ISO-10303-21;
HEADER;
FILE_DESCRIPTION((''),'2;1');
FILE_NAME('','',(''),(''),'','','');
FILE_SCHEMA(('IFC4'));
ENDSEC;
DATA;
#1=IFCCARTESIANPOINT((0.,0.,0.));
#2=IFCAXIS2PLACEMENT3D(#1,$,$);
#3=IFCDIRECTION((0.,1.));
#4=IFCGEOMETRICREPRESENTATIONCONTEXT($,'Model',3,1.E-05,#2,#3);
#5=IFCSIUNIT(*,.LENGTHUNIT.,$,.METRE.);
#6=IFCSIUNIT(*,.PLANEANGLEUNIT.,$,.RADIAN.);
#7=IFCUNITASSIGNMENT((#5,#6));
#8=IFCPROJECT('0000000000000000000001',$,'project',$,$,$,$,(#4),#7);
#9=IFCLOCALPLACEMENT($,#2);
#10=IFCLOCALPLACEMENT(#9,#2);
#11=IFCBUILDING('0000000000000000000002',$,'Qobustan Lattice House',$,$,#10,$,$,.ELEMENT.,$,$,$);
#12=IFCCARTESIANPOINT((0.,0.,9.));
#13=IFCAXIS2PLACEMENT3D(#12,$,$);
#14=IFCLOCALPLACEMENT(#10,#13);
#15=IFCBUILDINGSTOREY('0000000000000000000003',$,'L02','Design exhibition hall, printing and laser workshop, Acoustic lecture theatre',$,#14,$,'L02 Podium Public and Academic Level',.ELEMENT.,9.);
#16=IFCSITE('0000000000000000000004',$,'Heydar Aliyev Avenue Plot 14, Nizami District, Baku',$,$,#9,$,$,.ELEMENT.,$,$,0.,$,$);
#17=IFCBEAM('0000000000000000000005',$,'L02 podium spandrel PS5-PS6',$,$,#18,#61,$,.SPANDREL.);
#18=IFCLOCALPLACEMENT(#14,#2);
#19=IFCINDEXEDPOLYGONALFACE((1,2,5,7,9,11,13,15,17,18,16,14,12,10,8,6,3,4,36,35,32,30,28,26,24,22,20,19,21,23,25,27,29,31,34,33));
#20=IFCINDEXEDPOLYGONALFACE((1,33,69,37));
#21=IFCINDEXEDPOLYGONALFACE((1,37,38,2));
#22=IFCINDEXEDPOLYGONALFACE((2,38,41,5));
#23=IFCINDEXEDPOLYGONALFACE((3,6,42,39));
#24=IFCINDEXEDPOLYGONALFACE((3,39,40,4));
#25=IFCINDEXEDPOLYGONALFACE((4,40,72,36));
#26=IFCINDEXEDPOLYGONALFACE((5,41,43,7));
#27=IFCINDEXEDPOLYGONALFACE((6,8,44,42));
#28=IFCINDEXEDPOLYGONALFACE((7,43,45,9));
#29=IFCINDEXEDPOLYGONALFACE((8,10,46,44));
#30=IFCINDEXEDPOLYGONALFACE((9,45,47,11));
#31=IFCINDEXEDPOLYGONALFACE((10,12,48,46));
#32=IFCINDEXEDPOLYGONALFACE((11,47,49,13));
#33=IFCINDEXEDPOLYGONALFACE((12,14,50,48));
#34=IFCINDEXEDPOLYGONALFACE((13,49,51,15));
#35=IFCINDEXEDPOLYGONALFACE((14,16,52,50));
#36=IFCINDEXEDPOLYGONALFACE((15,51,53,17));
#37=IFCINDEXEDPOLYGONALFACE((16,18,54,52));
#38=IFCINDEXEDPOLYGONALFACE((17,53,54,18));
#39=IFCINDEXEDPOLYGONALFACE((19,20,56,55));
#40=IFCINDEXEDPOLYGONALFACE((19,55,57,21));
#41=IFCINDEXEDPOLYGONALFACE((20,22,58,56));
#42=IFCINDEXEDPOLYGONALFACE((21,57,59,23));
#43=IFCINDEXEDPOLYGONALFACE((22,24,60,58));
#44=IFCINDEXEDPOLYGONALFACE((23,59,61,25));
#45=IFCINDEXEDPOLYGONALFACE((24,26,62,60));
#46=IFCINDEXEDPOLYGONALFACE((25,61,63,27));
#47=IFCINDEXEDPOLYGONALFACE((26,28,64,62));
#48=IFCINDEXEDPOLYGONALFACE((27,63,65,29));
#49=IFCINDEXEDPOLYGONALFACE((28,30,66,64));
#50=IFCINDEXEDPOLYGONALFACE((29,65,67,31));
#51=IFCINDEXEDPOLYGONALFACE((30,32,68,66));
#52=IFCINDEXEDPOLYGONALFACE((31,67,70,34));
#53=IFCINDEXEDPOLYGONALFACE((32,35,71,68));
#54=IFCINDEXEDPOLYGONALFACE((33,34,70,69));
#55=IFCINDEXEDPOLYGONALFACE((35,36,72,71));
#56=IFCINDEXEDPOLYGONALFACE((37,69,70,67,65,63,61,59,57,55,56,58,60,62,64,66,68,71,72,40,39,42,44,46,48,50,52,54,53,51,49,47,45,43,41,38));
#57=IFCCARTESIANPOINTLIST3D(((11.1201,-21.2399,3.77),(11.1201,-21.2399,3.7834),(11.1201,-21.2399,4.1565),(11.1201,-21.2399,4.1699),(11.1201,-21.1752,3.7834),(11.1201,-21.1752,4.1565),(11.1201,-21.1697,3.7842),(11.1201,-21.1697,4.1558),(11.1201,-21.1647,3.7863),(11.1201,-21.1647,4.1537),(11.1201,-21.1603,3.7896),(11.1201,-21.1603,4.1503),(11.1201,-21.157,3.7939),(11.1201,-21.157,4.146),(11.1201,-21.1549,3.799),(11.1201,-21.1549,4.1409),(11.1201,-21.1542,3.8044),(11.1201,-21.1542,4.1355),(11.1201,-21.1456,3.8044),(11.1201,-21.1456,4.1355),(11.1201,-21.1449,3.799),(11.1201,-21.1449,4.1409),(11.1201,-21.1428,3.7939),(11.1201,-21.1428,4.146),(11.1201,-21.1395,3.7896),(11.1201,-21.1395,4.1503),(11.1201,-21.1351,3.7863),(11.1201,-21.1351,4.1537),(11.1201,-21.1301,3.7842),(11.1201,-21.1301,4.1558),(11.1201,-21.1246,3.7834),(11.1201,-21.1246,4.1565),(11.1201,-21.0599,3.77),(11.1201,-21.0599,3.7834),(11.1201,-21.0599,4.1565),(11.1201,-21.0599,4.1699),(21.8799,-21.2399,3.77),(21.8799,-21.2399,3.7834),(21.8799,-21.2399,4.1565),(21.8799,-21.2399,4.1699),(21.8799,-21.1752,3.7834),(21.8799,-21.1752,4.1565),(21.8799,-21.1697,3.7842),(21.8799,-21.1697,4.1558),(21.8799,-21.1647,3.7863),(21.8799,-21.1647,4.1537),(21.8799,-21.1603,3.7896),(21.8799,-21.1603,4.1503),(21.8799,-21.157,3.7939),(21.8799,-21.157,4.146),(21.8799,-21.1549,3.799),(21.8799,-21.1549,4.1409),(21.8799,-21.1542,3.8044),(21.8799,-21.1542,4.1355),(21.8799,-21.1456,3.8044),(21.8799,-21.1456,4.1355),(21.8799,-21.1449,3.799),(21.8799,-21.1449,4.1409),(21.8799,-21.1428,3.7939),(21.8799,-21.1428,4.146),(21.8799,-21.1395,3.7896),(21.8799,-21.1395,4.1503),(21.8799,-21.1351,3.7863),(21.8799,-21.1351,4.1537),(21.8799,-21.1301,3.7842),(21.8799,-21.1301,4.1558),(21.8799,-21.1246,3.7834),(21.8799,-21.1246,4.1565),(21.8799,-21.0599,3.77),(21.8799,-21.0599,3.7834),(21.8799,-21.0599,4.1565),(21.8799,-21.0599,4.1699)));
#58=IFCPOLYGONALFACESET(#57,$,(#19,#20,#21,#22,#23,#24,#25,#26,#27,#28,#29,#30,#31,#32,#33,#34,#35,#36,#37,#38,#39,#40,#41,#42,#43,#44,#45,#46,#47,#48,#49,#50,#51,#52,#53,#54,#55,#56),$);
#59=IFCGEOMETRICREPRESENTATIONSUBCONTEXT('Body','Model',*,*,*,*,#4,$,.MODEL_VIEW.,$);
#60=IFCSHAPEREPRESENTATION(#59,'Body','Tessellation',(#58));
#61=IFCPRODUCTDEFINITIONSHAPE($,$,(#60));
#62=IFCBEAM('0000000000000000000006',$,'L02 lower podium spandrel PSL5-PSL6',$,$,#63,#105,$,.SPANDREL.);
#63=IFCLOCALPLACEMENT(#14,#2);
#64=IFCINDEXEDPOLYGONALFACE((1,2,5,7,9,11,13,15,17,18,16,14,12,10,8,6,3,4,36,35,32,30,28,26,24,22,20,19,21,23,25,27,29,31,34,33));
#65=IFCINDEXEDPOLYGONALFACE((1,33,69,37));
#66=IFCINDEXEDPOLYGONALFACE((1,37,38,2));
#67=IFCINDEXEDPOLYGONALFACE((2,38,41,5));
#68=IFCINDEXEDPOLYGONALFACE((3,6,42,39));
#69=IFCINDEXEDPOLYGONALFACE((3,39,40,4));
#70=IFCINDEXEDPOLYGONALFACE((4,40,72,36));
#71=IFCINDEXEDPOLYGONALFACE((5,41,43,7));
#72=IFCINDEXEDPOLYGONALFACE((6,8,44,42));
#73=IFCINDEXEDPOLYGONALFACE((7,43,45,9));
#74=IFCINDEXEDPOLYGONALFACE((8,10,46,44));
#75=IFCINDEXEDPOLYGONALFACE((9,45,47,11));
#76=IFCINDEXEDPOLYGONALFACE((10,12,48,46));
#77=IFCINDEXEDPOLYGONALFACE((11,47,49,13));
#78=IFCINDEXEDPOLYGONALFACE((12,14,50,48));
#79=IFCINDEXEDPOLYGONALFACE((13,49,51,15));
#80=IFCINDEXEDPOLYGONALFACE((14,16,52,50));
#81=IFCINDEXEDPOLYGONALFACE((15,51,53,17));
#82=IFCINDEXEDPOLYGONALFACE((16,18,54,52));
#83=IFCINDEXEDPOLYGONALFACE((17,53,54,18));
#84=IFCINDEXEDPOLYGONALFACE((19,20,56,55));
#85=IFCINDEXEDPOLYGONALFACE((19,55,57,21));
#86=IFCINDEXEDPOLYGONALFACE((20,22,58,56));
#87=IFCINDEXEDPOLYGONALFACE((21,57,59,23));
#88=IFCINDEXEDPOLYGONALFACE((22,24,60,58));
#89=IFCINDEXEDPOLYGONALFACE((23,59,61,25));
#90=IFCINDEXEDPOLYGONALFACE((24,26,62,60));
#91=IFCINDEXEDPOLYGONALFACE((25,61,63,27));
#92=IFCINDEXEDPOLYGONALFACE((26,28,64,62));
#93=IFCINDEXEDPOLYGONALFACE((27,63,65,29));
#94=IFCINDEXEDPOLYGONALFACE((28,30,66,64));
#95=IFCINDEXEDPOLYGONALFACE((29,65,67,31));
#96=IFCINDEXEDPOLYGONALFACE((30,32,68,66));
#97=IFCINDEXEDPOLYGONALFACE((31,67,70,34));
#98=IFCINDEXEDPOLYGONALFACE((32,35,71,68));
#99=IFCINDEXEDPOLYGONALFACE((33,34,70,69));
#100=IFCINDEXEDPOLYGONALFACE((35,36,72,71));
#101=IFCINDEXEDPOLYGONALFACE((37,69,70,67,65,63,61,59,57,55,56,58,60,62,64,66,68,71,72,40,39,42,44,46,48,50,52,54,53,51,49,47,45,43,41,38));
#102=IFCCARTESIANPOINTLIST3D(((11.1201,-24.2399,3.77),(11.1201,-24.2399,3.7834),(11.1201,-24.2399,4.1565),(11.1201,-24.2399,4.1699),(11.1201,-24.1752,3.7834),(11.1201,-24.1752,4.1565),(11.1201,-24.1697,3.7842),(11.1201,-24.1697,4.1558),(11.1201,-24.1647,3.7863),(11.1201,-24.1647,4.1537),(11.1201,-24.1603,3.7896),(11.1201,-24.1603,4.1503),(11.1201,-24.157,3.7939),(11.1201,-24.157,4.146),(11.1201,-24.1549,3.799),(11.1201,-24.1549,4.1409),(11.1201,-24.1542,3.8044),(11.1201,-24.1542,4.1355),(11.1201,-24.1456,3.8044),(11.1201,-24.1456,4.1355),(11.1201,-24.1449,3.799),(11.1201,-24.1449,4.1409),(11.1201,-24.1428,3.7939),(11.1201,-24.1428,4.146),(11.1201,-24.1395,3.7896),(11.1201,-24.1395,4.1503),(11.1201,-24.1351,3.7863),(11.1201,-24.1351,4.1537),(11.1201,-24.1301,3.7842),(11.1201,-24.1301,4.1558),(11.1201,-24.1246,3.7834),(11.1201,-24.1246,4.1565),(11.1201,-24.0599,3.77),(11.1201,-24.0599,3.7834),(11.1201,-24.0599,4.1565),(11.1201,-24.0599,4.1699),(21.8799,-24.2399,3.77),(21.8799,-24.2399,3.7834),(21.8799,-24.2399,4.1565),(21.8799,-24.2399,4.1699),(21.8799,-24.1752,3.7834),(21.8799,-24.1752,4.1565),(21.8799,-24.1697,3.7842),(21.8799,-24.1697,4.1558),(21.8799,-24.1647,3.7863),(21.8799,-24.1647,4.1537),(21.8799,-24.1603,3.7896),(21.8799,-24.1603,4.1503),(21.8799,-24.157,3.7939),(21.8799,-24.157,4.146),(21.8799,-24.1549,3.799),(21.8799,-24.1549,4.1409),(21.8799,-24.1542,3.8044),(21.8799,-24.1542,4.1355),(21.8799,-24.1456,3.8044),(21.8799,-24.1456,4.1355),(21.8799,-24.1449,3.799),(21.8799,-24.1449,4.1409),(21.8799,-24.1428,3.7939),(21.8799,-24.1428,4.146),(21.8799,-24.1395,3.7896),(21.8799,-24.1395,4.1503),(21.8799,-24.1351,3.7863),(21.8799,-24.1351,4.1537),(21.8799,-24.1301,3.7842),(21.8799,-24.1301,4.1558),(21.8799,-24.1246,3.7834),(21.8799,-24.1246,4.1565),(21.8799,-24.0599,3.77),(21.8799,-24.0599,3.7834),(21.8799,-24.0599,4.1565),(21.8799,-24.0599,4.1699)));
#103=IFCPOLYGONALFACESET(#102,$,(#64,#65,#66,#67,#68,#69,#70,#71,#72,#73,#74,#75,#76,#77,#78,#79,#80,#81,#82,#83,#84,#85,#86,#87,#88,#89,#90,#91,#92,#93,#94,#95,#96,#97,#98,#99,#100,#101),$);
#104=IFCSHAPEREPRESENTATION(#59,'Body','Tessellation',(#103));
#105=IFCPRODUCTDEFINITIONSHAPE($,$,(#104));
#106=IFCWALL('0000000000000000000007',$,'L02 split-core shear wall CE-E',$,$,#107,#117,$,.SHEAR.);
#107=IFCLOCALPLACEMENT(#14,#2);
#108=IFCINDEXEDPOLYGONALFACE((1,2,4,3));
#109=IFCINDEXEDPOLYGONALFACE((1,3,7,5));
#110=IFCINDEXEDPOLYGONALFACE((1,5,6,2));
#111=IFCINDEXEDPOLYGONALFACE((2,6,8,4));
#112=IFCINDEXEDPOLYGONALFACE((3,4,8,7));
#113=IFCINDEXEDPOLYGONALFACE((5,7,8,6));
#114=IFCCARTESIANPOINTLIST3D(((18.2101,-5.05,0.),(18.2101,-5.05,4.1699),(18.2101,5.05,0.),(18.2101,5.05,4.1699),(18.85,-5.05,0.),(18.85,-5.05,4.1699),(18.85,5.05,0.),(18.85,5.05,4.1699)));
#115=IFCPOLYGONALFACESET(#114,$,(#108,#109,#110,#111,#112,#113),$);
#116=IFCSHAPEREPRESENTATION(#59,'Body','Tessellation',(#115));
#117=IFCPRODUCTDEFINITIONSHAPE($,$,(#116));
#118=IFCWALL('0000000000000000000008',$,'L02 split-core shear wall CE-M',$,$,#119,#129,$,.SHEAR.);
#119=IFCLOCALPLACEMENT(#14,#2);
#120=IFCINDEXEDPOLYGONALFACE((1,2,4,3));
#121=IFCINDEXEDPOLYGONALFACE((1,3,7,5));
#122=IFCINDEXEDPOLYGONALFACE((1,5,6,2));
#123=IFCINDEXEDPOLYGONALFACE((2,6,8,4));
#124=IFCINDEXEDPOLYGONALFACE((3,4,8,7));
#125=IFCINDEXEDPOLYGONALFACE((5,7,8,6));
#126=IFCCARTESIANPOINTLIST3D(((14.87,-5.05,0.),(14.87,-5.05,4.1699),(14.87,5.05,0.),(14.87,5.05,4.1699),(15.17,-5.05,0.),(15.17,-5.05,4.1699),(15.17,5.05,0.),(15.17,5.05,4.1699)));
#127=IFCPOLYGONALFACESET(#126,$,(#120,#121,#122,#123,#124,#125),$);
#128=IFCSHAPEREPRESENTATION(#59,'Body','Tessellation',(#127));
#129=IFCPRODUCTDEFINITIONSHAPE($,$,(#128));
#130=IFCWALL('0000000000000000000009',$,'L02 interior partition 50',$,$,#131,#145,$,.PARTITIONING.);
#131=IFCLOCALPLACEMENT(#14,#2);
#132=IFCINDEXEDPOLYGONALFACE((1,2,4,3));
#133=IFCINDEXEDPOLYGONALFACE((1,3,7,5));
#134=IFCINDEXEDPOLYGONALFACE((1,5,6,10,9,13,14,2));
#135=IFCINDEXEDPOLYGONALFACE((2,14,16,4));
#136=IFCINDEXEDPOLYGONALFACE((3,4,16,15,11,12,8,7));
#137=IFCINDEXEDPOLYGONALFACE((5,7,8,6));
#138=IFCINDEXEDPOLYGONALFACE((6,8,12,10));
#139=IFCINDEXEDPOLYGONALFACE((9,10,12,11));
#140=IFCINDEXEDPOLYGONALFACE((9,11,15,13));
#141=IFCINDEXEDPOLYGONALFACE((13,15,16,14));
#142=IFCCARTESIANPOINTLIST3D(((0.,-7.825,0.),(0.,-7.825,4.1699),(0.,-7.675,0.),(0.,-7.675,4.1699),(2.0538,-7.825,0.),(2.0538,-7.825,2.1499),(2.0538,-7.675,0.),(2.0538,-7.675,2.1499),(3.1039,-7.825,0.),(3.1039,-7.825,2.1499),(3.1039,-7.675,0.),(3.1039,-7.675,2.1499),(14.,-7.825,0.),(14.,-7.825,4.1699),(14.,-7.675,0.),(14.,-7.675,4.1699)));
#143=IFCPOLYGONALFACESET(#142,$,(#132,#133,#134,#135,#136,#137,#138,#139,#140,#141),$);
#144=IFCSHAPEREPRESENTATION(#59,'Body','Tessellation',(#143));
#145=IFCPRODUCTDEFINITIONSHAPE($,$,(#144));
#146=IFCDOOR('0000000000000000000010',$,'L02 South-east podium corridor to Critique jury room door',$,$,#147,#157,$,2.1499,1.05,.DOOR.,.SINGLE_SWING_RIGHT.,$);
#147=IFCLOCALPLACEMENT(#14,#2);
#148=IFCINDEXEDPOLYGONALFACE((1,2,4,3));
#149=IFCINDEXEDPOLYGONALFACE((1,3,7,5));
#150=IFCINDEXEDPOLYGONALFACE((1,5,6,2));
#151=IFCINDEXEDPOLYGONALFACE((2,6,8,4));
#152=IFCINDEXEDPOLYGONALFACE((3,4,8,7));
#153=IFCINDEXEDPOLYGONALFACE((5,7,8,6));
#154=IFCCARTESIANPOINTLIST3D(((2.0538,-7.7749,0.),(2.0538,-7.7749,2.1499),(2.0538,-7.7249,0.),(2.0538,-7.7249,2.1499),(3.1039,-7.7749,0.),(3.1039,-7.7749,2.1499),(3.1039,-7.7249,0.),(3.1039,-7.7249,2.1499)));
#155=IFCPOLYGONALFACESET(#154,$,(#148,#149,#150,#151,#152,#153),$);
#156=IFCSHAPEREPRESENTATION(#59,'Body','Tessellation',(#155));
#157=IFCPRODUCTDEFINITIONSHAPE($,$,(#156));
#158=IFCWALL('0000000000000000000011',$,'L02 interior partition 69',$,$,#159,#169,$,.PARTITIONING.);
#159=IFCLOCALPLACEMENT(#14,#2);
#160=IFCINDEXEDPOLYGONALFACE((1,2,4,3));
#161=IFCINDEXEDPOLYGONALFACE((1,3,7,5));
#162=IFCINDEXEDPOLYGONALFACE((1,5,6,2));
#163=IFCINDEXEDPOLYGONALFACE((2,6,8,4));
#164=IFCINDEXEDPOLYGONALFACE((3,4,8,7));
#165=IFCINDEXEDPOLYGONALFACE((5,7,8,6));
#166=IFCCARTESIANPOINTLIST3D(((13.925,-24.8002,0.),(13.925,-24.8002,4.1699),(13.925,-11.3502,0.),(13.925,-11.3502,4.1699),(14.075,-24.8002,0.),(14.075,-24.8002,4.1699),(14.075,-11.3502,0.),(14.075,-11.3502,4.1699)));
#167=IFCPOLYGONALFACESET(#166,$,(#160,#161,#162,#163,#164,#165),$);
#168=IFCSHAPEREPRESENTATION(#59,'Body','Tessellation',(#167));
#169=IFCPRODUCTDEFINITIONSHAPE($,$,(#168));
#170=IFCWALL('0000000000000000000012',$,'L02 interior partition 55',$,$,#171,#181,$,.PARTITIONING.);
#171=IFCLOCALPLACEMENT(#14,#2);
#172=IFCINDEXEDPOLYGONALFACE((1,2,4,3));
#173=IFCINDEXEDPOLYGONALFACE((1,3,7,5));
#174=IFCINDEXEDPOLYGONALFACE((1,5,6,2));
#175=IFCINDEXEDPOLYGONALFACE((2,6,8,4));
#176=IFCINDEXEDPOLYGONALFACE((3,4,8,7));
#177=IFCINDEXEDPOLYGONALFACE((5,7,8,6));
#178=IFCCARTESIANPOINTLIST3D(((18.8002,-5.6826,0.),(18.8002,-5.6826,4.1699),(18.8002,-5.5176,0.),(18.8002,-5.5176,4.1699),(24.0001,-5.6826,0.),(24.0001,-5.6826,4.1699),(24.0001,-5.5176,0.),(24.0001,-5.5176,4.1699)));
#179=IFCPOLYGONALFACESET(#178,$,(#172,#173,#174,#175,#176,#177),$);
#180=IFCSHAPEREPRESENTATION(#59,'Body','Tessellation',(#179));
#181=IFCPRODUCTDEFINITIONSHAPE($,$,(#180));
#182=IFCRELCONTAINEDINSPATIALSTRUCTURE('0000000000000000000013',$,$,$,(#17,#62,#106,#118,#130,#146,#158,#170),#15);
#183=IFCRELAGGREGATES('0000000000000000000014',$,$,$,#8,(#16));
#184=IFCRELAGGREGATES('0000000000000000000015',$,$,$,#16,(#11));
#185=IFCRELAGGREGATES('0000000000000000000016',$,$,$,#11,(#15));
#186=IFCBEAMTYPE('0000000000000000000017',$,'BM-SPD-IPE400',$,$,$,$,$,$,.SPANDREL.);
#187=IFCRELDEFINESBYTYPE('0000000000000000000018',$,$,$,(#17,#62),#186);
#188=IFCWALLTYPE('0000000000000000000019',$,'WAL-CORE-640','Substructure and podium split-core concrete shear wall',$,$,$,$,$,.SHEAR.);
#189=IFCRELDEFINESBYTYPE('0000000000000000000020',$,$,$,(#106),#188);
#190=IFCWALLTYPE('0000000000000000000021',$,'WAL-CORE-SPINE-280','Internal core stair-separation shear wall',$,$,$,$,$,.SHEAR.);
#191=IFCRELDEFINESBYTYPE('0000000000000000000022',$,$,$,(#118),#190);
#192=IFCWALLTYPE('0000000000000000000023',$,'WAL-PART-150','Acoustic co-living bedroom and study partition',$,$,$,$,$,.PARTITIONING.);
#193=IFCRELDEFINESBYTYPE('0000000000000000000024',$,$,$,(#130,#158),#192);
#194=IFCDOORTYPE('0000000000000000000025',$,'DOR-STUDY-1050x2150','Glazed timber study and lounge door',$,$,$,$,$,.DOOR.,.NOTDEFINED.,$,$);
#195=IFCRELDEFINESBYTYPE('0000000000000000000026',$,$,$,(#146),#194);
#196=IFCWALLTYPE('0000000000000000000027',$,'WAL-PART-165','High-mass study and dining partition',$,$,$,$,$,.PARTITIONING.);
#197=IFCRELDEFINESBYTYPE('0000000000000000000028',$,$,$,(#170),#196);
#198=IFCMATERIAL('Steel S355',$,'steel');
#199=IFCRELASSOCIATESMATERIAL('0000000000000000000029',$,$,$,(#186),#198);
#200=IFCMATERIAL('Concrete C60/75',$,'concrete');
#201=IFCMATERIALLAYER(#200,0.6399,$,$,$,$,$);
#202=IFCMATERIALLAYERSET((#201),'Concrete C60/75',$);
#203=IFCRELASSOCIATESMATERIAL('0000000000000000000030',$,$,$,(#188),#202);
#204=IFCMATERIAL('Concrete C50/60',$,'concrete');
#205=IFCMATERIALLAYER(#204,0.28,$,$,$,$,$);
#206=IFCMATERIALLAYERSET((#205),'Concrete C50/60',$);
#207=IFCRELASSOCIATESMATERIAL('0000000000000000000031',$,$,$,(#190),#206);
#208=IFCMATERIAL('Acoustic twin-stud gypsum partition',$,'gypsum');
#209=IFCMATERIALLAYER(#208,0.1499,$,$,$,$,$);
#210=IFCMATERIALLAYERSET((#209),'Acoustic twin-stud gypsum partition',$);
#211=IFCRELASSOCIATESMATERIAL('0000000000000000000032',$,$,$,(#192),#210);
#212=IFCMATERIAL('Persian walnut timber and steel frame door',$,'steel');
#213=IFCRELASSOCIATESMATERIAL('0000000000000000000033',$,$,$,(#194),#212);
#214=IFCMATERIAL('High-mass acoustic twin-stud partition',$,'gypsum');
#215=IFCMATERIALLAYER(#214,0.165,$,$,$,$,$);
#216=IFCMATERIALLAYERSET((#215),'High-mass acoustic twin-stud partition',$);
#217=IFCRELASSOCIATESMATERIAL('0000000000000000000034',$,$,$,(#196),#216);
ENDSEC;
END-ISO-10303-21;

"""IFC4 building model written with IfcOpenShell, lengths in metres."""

from ifc_helpers import new_model, si_unit, direction, frame, frame_2d, origin, origin_2d, place, context, subcontext, project, spatial, rectangle, i_section, extrude, material, layer, layer_set, material_profile, profile_set, type_object, element, fill, save


model = new_model("IFC4")

# Units and contexts
model_context = context("Model", 3, precision=1e-05, world=origin(), true_north=direction((0.0, 1.0)))
body_context = subcontext(model_context, "Body", "Model", "MODEL_VIEW")
ifc_project = project(units=[si_unit("LENGTHUNIT", "METRE"), si_unit("PLANEANGLEUNIT", "RADIAN")], contexts=[model_context])

# Site, building, storey
site_placement = place(None, origin())
site = spatial("IfcSite", under=ifc_project, at=site_placement, Name="Heydar Aliyev Avenue Plot 14, Nizami District, Baku", CompositionType="ELEMENT", RefElevation=0.0)
building_placement = place(site_placement, origin())
building = spatial("IfcBuilding", under=site, at=building_placement, Name="Qobustan Lattice House", CompositionType="ELEMENT")
storey_placement = place(building_placement, frame((0.0, 0.0, 9.0)))
storey = spatial("IfcBuildingStorey", under=building, at=storey_placement, Name="L02", Description="Design exhibition hall, printing and laser workshop, Acoustic lecture theatre", LongName="L02 Podium Public and Academic Level", CompositionType="ELEMENT", Elevation=9.0)

# Beams
ifc_material_1 = material(Name="Steel S355", Category="steel")
ifc_material_profile_1 = material_profile(ifc_material_1, i_section(OverallWidth=0.1799, OverallDepth=0.3999, WebThickness=0.0085, FlangeThickness=0.0134, FilletRadius=0.021, at=origin_2d()), Name="IPE400")
ifc_profile_set_1 = profile_set([ifc_material_profile_1], Name="Steel S355")
beam_type_1 = type_object("IfcBeamType", Name="BM-SPD-IPE400", PredefinedType="SPANDREL", material=ifc_profile_set_1)
for number, where, z_axis, x_axis, name in (
    (1, (11.1201, -21.1499, 3.97), (1.0, 0.0, 0.0), (0.0, 1.0, 0.0), "L02 podium spandrel PS5-PS6"),
    (2, (11.1201, -24.1499, 3.97), (1.0, 0.0, 0.0), (0.0, 1.0, 0.0), "L02 lower podium spandrel PSL5-PSL6"),
):
    element("IfcBeam", number, at=place(storey_placement, frame(where, z_axis=z_axis, x_axis=x_axis)), inside=storey, type_object=beam_type_1, Name=name, PredefinedType="SPANDREL", context=body_context, shape_type="SweptSolid", body=[
        extrude(i_section(OverallWidth=0.1799, OverallDepth=0.3999, WebThickness=0.0085, FlangeThickness=0.0134, FilletRadius=0.021, at=origin_2d()), origin(), (0.0, 0.0, 1.0), 10.7598),
    ])

# Walls
ifc_material_2 = material(Name="Concrete C60/75", Category="concrete")
ifc_layer_1 = layer(ifc_material_2, 0.6399)
ifc_layer_set_1 = layer_set([ifc_layer_1], Name="Concrete C60/75")
wall_type_1 = type_object("IfcWallType", Name="WAL-CORE-640", Description="Substructure and podium split-core concrete shear wall", PredefinedType="SHEAR", material=ifc_layer_set_1)
wall_1_placement = place(storey_placement, frame((18.53, -5.05, 0.0), z_axis=(0.0, 0.0, 1.0), x_axis=(0.0, 1.0, 0.0)))
element("IfcWall", 3, at=wall_1_placement, inside=storey, type_object=wall_type_1, Name="L02 split-core shear wall CE-E", PredefinedType="SHEAR", context=body_context, shape_type="SweptSolid", body=[
    extrude(rectangle(XDim=10.1001, YDim=0.6399, at=frame_2d((5.05, 0.0))), origin(), (0.0, 0.0, 1.0), 4.1699),
])
ifc_material_3 = material(Name="Concrete C50/60", Category="concrete")
ifc_layer_2 = layer(ifc_material_3, 0.28)
ifc_layer_set_2 = layer_set([ifc_layer_2], Name="Concrete C50/60")
wall_type_2 = type_object("IfcWallType", Name="WAL-CORE-SPINE-280", Description="Internal core stair-separation shear wall", PredefinedType="SHEAR", material=ifc_layer_set_2)
wall_2_placement = place(storey_placement, frame((15.02, -5.05, 0.0), z_axis=(0.0, 0.0, 1.0), x_axis=(0.0, 1.0, 0.0)))
element("IfcWall", 4, at=wall_2_placement, inside=storey, type_object=wall_type_2, Name="L02 split-core shear wall CE-M", PredefinedType="SHEAR", context=body_context, shape_type="SweptSolid", body=[
    extrude(rectangle(XDim=10.1001, YDim=0.3, at=frame_2d((5.05, 0.0))), origin(), (0.0, 0.0, 1.0), 4.1699),
])

# Wall, opening, door
ifc_material_4 = material(Name="Acoustic twin-stud gypsum partition", Category="gypsum")
ifc_layer_3 = layer(ifc_material_4, 0.1499)
ifc_layer_set_3 = layer_set([ifc_layer_3], Name="Acoustic twin-stud gypsum partition")
wall_type_3 = type_object("IfcWallType", Name="WAL-PART-150", Description="Acoustic co-living bedroom and study partition", PredefinedType="PARTITIONING", material=ifc_layer_set_3)
wall_3_placement = place(storey_placement, frame((14.0, -7.75, 0.0), z_axis=(0.0, 0.0, 1.0), x_axis=(-1.0, 0.0, 0.0)))
wall_3 = element("IfcWall", 5, at=wall_3_placement, inside=storey, type_object=wall_type_3, Name="L02 interior partition 50", PredefinedType="PARTITIONING", context=body_context, shape_type="SweptSolid", body=[
    extrude(rectangle(XDim=14.0, YDim=0.1499, at=frame_2d((7.0, 0.0))), origin(), (0.0, 0.0, 1.0), 4.1699),
])
opening_1_placement = place(wall_3_placement, frame((10.8962, 0.0, 0.0)))
opening_1 = element("IfcOpeningElement", 6, at=opening_1_placement, cuts=wall_3, PredefinedType="OPENING", context=body_context, shape_type="SweptSolid", body=[
    extrude(rectangle(XDim=1.05, YDim=2.1499, at=frame_2d((0.5249, 1.075))), frame((0.0, 0.085, 0.0), z_axis=(0.0, -1.0, 0.0), x_axis=(1.0, 0.0, 0.0)), (0.0, 0.0, 1.0), 0.1699),
])
ifc_material_5 = material(Name="Persian walnut timber and steel frame door", Category="steel")
door_type_1 = type_object("IfcDoorType", Name="DOR-STUDY-1050x2150", Description="Glazed timber study and lounge door", OperationType="NOTDEFINED", PredefinedType="DOOR", material=ifc_material_5)
door_1_placement = place(opening_1_placement, origin())
door_1 = element("IfcDoor", 7, at=door_1_placement, inside=storey, type_object=door_type_1, Name="L02 South-east podium corridor to Critique jury room door", OperationType="SINGLE_SWING_RIGHT", OverallHeight=2.1499, OverallWidth=1.05, PredefinedType="DOOR", context=body_context, shape_type="SweptSolid", body=[
    extrude(rectangle(XDim=1.05, YDim=2.1499, at=frame_2d((0.5249, 1.075))), frame((0.0, 0.0249, 0.0), z_axis=(0.0, -1.0, 0.0), x_axis=(1.0, 0.0, 0.0)), (0.0, 0.0, 1.0), 0.05),
])
fill(opening_1, door_1)

# Walls
wall_4_placement = place(storey_placement, frame((14.0, -11.3501, 0.0), z_axis=(0.0, 0.0, 1.0), x_axis=(0.0, -1.0, 0.0)))
element("IfcWall", 8, at=wall_4_placement, inside=storey, type_object=wall_type_3, Name="L02 interior partition 69", PredefinedType="PARTITIONING", context=body_context, shape_type="SweptSolid", body=[
    extrude(rectangle(XDim=13.45, YDim=0.1499, at=frame_2d((6.7251, 0.0))), origin(), (0.0, 0.0, 1.0), 4.1699),
])
ifc_material_6 = material(Name="High-mass acoustic twin-stud partition", Category="gypsum")
ifc_layer_4 = layer(ifc_material_6, 0.165)
ifc_layer_set_4 = layer_set([ifc_layer_4], Name="High-mass acoustic twin-stud partition")
wall_type_4 = type_object("IfcWallType", Name="WAL-PART-165", Description="High-mass study and dining partition", PredefinedType="PARTITIONING", material=ifc_layer_set_4)
wall_5_placement = place(storey_placement, frame((18.8, -5.6001, 0.0), z_axis=(0.0, 0.0, 1.0), x_axis=(1.0, 0.0, 0.0)))
element("IfcWall", 9, at=wall_5_placement, inside=storey, type_object=wall_type_4, Name="L02 interior partition 55", PredefinedType="PARTITIONING", context=body_context, shape_type="SweptSolid", body=[
    extrude(rectangle(XDim=5.2, YDim=0.165, at=frame_2d((2.6001, 0.0))), origin(), (0.0, 0.0, 1.0), 4.1699),
])

save(model, "model.ifc")
